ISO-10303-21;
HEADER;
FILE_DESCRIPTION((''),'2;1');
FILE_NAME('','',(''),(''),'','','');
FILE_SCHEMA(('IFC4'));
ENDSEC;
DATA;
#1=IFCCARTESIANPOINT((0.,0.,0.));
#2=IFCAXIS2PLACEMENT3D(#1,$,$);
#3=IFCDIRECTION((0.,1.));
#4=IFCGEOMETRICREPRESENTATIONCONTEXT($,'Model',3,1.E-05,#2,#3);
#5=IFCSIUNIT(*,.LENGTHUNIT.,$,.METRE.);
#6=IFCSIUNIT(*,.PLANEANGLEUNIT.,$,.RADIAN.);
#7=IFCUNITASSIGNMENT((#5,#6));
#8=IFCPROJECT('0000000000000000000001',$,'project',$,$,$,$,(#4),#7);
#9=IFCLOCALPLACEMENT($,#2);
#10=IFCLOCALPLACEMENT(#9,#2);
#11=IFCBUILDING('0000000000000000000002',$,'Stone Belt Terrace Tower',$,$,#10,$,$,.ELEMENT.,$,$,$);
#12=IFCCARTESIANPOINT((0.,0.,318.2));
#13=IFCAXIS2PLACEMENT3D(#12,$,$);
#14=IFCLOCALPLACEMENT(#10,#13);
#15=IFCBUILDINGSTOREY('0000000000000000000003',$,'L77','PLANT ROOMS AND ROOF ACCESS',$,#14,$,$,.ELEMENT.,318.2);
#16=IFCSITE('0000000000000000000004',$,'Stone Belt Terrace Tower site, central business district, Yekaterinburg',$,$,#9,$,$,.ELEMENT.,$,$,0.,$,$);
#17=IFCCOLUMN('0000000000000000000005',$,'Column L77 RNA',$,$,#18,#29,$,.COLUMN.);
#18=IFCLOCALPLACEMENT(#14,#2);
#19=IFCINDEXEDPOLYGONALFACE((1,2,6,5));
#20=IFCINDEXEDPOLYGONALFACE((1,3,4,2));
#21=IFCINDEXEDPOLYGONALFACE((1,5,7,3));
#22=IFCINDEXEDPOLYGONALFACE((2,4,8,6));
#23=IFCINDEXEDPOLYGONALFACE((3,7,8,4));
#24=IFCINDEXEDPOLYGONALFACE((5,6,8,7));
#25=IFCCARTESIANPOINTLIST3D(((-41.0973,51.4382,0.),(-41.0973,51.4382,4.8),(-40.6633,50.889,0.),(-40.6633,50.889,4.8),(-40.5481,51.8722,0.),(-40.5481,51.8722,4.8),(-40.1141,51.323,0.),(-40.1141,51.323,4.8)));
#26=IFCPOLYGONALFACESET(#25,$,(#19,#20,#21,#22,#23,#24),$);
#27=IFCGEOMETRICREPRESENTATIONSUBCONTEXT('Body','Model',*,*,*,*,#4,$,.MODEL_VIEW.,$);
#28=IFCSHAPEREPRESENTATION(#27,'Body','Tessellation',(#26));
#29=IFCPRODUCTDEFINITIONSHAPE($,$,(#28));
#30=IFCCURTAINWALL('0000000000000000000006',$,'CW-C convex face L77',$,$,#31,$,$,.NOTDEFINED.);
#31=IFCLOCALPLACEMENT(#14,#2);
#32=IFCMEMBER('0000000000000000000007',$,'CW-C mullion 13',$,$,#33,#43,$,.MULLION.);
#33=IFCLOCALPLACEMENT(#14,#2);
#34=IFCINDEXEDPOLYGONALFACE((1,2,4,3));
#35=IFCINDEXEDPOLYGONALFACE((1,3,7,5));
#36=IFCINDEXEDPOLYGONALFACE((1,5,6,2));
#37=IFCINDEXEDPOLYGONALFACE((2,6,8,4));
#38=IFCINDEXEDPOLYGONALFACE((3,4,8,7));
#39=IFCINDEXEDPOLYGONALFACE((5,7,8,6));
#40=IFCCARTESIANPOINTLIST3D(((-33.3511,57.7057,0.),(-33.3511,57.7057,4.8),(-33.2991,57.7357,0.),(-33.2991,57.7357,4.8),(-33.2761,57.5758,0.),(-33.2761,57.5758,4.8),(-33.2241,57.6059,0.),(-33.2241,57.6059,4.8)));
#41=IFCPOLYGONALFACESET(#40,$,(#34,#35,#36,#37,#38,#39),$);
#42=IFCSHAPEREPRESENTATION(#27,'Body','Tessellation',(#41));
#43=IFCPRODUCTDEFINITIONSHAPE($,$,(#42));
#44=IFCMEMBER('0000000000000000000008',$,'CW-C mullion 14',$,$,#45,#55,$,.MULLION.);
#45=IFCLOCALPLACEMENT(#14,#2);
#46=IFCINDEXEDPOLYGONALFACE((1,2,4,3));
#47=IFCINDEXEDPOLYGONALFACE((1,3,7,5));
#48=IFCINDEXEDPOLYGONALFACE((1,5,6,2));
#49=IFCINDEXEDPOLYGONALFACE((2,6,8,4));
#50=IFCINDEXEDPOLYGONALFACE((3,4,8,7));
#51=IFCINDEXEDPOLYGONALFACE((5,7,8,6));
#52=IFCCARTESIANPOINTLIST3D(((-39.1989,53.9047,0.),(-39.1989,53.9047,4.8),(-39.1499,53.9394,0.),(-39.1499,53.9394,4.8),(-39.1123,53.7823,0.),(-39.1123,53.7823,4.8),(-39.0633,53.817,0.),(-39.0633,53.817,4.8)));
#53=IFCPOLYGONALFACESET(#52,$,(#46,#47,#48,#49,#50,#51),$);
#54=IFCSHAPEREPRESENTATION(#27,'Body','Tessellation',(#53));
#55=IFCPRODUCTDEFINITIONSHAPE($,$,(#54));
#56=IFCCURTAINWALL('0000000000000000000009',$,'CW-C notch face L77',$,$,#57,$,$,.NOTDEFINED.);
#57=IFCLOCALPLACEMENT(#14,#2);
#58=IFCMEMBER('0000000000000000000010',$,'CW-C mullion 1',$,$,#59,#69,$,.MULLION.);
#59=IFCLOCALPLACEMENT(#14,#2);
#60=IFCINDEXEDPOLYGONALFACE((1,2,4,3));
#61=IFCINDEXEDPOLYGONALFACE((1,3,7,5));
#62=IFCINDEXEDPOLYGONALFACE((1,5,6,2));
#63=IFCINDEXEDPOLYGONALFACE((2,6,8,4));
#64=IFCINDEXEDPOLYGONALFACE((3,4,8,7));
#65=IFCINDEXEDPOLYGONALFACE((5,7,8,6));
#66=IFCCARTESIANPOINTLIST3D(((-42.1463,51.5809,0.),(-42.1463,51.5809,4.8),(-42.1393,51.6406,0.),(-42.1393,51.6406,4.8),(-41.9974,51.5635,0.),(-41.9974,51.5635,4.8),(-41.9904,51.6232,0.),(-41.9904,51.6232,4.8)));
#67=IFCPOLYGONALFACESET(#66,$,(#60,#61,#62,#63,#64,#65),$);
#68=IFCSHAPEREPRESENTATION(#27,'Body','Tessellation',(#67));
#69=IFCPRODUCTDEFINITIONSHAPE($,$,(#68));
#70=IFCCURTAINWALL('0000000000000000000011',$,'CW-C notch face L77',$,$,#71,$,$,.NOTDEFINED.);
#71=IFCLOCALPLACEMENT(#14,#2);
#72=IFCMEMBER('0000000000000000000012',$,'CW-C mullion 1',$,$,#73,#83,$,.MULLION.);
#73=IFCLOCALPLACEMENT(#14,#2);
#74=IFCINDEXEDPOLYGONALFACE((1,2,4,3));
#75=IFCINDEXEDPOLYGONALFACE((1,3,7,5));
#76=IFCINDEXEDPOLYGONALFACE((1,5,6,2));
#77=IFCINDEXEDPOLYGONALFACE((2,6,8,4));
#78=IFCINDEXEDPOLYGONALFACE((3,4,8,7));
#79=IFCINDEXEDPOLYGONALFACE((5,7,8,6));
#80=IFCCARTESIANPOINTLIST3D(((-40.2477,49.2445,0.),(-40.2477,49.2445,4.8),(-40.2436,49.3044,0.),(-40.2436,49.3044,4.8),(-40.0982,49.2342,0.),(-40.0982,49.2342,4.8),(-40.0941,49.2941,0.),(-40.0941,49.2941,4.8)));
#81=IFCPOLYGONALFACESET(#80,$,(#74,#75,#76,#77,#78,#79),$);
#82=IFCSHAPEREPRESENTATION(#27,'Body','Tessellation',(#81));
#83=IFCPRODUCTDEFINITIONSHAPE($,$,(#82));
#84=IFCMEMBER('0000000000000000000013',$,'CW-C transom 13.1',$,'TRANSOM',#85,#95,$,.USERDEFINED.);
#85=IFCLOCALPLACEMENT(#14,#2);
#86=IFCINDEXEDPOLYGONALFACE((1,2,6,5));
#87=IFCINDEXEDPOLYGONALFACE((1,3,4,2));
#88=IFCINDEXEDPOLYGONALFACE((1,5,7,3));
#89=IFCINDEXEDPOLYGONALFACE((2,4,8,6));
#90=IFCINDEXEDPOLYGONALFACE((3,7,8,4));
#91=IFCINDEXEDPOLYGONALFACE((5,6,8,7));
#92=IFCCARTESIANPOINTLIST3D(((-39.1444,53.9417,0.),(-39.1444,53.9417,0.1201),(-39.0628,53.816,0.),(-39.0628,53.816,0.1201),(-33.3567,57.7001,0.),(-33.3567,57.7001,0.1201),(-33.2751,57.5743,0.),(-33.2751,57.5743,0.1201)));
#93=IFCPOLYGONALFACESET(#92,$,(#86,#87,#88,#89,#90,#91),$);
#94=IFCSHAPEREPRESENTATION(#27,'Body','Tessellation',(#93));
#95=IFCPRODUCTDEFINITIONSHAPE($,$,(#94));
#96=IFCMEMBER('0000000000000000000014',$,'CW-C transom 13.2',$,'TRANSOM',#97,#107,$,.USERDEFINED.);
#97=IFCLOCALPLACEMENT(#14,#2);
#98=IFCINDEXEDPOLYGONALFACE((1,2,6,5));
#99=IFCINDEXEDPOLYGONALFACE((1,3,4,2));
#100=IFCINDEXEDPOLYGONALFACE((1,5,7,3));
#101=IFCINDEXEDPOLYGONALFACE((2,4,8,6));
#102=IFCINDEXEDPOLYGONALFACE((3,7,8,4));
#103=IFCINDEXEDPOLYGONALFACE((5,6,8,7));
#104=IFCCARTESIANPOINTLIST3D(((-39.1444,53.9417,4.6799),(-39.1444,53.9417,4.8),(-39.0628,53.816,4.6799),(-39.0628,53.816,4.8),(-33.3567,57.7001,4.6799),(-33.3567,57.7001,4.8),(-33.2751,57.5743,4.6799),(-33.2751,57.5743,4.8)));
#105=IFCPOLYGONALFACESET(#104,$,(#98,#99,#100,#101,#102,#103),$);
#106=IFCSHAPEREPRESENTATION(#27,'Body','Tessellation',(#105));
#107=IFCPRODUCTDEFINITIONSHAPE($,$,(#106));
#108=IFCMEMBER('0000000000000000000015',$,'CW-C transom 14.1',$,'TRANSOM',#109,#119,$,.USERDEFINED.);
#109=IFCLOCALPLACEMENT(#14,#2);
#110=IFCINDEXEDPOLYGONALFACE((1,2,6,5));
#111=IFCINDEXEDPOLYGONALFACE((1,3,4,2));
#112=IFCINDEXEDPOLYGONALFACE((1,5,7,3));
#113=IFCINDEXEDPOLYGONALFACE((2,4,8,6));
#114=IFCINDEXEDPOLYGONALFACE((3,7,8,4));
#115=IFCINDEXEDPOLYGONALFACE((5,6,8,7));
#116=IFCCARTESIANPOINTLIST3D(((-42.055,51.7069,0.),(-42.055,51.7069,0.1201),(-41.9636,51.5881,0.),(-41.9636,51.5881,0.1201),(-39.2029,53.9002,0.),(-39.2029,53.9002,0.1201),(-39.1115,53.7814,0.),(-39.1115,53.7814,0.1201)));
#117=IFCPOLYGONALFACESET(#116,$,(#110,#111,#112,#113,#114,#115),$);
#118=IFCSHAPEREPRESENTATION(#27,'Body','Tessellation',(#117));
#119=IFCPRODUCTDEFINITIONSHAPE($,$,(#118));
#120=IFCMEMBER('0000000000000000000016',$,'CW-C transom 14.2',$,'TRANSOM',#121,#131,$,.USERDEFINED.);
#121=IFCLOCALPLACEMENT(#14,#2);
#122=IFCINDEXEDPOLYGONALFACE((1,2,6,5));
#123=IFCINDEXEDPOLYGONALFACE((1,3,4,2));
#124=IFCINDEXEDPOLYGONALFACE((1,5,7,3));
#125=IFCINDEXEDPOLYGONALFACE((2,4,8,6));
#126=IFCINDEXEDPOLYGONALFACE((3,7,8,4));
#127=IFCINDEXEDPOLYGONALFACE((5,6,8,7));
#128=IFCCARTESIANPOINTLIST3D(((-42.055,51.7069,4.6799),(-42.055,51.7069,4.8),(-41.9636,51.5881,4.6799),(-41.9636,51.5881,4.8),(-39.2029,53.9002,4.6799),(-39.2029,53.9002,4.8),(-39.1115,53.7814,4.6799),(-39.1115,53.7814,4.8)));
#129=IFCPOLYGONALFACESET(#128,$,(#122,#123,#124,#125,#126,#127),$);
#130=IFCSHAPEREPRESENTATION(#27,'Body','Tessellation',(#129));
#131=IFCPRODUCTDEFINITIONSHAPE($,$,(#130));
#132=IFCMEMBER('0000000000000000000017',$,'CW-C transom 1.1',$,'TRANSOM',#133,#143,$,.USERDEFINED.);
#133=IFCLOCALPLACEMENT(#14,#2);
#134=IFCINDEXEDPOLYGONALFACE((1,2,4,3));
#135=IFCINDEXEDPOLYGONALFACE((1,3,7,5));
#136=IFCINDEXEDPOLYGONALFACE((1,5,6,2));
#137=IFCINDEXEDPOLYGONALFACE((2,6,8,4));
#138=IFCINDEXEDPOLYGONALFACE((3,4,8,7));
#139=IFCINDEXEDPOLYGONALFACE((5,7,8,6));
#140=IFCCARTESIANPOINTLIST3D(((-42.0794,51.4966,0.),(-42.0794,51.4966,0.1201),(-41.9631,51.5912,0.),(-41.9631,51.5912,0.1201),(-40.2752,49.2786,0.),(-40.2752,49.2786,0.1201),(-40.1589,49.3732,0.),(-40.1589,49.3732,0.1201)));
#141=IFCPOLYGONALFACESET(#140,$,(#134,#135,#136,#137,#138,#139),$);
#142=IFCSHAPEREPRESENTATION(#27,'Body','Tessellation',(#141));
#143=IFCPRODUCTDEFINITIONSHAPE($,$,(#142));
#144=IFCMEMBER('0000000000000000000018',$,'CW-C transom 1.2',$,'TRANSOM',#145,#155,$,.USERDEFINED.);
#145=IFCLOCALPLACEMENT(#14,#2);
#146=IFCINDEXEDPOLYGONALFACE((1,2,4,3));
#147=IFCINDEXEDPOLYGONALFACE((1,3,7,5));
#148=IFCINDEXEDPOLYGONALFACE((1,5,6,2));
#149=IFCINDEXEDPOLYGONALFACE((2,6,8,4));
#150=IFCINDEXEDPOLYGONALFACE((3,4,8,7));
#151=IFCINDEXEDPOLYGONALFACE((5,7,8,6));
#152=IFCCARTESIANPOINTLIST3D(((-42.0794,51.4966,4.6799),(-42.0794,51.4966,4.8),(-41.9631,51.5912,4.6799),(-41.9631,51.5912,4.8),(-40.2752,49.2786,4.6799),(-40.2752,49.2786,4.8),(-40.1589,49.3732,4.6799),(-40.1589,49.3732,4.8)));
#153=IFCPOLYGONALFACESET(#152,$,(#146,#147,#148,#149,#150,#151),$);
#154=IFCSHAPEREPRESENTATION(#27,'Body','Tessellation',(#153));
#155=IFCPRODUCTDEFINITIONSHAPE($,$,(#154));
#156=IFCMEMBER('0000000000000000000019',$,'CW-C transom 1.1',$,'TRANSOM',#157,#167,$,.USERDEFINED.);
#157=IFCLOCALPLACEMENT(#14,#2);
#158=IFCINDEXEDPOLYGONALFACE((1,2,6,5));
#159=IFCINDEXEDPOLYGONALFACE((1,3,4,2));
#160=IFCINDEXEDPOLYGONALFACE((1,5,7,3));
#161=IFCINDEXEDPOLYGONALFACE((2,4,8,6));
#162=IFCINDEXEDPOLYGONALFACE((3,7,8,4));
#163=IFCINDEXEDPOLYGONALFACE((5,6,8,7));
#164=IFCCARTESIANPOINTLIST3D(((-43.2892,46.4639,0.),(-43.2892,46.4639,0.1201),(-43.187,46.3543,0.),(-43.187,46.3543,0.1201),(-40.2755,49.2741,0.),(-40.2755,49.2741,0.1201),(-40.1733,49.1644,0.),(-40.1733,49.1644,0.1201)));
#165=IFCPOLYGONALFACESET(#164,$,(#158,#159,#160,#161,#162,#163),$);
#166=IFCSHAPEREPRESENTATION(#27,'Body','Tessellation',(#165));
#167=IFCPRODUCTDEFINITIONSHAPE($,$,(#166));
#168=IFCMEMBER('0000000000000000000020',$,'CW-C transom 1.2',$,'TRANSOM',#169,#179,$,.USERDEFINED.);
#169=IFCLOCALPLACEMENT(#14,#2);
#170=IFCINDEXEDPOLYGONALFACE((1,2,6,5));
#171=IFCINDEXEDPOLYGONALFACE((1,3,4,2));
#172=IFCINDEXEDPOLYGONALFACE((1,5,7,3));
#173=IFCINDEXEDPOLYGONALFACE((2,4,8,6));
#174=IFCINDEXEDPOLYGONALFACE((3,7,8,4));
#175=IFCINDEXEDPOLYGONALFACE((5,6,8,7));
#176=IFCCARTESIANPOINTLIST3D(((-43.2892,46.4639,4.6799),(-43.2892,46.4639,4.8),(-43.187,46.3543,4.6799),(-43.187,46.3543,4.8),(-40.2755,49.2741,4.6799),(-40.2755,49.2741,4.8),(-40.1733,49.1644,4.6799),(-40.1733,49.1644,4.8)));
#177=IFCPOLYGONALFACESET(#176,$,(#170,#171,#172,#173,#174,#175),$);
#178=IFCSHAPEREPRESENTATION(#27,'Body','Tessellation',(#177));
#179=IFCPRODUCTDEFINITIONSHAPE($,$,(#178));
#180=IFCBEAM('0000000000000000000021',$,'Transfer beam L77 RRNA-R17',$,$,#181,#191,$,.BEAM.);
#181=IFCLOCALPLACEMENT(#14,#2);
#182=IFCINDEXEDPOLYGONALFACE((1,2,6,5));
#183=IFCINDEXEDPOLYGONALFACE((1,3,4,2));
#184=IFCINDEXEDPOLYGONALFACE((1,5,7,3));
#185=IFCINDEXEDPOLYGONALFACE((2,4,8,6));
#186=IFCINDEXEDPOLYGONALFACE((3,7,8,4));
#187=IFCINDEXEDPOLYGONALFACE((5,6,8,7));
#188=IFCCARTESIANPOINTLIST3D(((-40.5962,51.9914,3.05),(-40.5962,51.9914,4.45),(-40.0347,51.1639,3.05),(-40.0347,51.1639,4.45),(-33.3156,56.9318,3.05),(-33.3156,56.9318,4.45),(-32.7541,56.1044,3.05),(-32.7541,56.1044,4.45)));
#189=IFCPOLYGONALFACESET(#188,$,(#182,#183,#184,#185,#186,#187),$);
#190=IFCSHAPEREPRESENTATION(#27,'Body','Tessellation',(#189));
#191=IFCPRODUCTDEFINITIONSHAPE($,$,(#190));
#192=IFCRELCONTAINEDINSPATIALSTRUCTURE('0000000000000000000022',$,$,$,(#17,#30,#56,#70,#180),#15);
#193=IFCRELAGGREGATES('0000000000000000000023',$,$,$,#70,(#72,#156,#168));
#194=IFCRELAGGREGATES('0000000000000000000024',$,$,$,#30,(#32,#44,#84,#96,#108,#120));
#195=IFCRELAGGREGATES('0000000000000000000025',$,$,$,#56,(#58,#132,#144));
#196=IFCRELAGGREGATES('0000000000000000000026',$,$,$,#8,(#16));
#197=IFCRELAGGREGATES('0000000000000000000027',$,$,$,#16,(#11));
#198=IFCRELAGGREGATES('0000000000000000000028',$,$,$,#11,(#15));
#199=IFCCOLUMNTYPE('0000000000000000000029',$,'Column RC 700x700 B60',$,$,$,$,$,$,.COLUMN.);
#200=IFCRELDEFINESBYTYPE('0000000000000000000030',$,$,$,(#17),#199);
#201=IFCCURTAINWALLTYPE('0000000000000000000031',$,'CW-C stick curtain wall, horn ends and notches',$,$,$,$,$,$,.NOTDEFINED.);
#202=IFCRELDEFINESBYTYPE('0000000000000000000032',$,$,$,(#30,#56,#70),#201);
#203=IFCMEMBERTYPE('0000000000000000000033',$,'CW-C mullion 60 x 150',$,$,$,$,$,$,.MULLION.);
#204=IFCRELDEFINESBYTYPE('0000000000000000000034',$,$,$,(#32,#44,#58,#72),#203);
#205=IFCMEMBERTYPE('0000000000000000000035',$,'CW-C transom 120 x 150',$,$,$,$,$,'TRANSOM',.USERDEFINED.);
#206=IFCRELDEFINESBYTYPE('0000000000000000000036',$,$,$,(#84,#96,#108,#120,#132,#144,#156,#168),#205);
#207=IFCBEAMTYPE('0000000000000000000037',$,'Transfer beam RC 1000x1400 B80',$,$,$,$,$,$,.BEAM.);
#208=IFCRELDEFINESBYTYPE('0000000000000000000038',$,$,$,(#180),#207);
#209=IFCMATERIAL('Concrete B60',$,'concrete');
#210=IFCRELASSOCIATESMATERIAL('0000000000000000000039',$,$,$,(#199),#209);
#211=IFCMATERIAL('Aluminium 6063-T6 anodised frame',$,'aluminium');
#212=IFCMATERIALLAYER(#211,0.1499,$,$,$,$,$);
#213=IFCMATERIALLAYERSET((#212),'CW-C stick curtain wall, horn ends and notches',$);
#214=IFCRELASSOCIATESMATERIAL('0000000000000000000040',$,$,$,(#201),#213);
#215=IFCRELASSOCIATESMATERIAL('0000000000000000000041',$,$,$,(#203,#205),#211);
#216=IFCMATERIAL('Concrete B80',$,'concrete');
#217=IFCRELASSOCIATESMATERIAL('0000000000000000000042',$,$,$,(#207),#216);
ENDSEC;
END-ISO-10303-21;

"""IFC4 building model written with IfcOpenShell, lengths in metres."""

from ifc_helpers import new_model, si_unit, direction, frame, origin, origin_2d, place, context, subcontext, project, spatial, rectangle, extrude, material, layer, layer_set, material_profile, profile_set, type_object, element, aggregate, save


model = new_model("IFC4")

# Units and contexts
model_context = context("Model", 3, precision=1e-05, world=origin(), true_north=direction((0.0, 1.0)))
body_context = subcontext(model_context, "Body", "Model", "MODEL_VIEW")
ifc_project = project(units=[si_unit("LENGTHUNIT", "METRE"), si_unit("PLANEANGLEUNIT", "RADIAN")], contexts=[model_context])

# Site, building, storey
site_placement = place(None, origin())
site = spatial("IfcSite", under=ifc_project, at=site_placement, Name="Stone Belt Terrace Tower site, central business district, Yekaterinburg", CompositionType="ELEMENT", RefElevation=0.0)
building_placement = place(site_placement, origin())
building = spatial("IfcBuilding", under=site, at=building_placement, Name="Stone Belt Terrace Tower", CompositionType="ELEMENT")
storey_placement = place(building_placement, frame((0.0, 0.0, 318.2)))
storey = spatial("IfcBuildingStorey", under=building, at=storey_placement, Name="L77", Description="PLANT ROOMS AND ROOF ACCESS", CompositionType="ELEMENT", Elevation=318.2)

# Column
ifc_material_1 = material(Name="Concrete B60", Category="concrete")
ifc_material_profile_1 = material_profile(ifc_material_1, rectangle(XDim=0.7, YDim=0.7, at=origin_2d()), Name="RC 700x700")
ifc_profile_set_1 = profile_set([ifc_material_profile_1], Name="Concrete B60")
column_type = type_object("IfcColumnType", Name="Column RC 700x700 B60", PredefinedType="COLUMN", material=ifc_profile_set_1)
column_placement = place(storey_placement, frame((-40.6057, 51.3806, 0.0), z_axis=(0.0, 0.0, 1.0), x_axis=(0.78457, 0.620041, 0.0)))
element("IfcColumn", 1, at=column_placement, inside=storey, type_object=column_type, Name="Column L77 RNA", PredefinedType="COLUMN", context=body_context, shape_type="SweptSolid", body=[
    extrude(rectangle(XDim=0.7, YDim=0.7, at=origin_2d()), origin(), (0.0, 0.0, 1.0), 4.8),
])

# Curtain wall, members
ifc_material_2 = material(Name="Aluminium 6063-T6 anodised frame", Category="aluminium")
ifc_layer_1 = layer(ifc_material_2, 0.1499)
ifc_layer_set_1 = layer_set([ifc_layer_1], Name="CW-C stick curtain wall, horn ends and notches")
curtain_wall_type = type_object("IfcCurtainWallType", Name="CW-C stick curtain wall, horn ends and notches", PredefinedType="NOTDEFINED", material=ifc_layer_set_1)
curtain_wall_1_placement = place(storey_placement, origin())
curtain_wall_1 = element("IfcCurtainWall", 2, at=curtain_wall_1_placement, inside=storey, type_object=curtain_wall_type, Name="CW-C convex face L77", PredefinedType="NOTDEFINED")
ifc_material_profile_2 = material_profile(ifc_material_2, rectangle(XDim=0.1499, YDim=0.0601, at=origin_2d()), Name="Aluminium 6063-T6 60x150")
ifc_profile_set_2 = profile_set([ifc_material_profile_2], Name="Aluminium 6063-T6 anodised frame")
member_type_1 = type_object("IfcMemberType", Name="CW-C mullion 60 x 150", PredefinedType="MULLION", material=ifc_profile_set_2)
member_1_placement = place(storey_placement, frame((-33.2876, 57.6558, 0.0), z_axis=(0.0, 0.0, 1.0), x_axis=(0.5, -0.866025, 0.0)))
member_1 = element("IfcMember", 3, at=member_1_placement, type_object=member_type_1, Name="CW-C mullion 13", PredefinedType="MULLION", context=body_context, shape_type="SweptSolid", body=[
    extrude(rectangle(XDim=0.1499, YDim=0.0601, at=origin_2d()), origin(), (0.0, 0.0, 1.0), 4.8),
])
member_2_placement = place(storey_placement, frame((-39.1311, 53.8608, 0.0), z_axis=(0.0, 0.0, 1.0), x_axis=(0.577587, -0.816329, 0.0)))
member_2 = element("IfcMember", 4, at=member_2_placement, type_object=member_type_1, Name="CW-C mullion 14", PredefinedType="MULLION", context=body_context, shape_type="SweptSolid", body=[
    extrude(rectangle(XDim=0.1499, YDim=0.0601, at=origin_2d()), origin(), (0.0, 0.0, 1.0), 4.8),
])

# Curtain walls, members
curtain_wall_2_placement = place(storey_placement, origin())
curtain_wall_2 = element("IfcCurtainWall", 5, at=curtain_wall_2_placement, inside=storey, type_object=curtain_wall_type, Name="CW-C notch face L77", PredefinedType="NOTDEFINED")
member_3_placement = place(storey_placement, frame((-42.0684, 51.6021, 0.0), z_axis=(0.0, 0.0, 1.0), x_axis=(0.993258, -0.115925, 0.0)))
member_3 = element("IfcMember", 6, at=member_3_placement, type_object=member_type_1, Name="CW-C mullion 1", PredefinedType="MULLION", context=body_context, shape_type="SweptSolid", body=[
    extrude(rectangle(XDim=0.1499, YDim=0.0601, at=origin_2d()), origin(), (0.0, 0.0, 1.0), 4.8),
])
curtain_wall_3_placement = place(storey_placement, origin())
curtain_wall_3 = element("IfcCurtainWall", 7, at=curtain_wall_3_placement, inside=storey, type_object=curtain_wall_type, Name="CW-C notch face L77", PredefinedType="NOTDEFINED")
member_4_placement = place(storey_placement, frame((-40.1709, 49.2693, 0.0), z_axis=(0.0, 0.0, 1.0), x_axis=(0.99764, -0.068666, 0.0)))
member_4 = element("IfcMember", 8, at=member_4_placement, type_object=member_type_1, Name="CW-C mullion 1", PredefinedType="MULLION", context=body_context, shape_type="SweptSolid", body=[
    extrude(rectangle(XDim=0.1499, YDim=0.0601, at=origin_2d()), origin(), (0.0, 0.0, 1.0), 4.8),
])

# Members
ifc_material_profile_3 = material_profile(ifc_material_2, rectangle(XDim=0.1499, YDim=0.1201, at=origin_2d()), Name="Aluminium 6063-T6 150x120")
ifc_profile_set_3 = profile_set([ifc_material_profile_3], Name="Aluminium 6063-T6 anodised frame")
member_type_2 = type_object("IfcMemberType", Name="CW-C transom 120 x 150", ElementType="TRANSOM", PredefinedType="USERDEFINED", material=ifc_profile_set_3)
member_5_placement = place(storey_placement, frame((-33.3159, 57.6372, 0.0601), z_axis=(-0.838684, -0.544618, 0.0), x_axis=(0.544618, -0.838684, 0.0)))
member_5 = element("IfcMember", 9, at=member_5_placement, type_object=member_type_2, Name="CW-C transom 13.1", ObjectType="TRANSOM", PredefinedType="USERDEFINED", context=body_context, shape_type="SweptSolid", body=[
    extrude(rectangle(XDim=0.1499, YDim=0.1201, at=origin_2d()), origin(), (0.0, 0.0, 1.0), 6.9009),
])
member_6_placement = place(storey_placement, frame((-33.3159, 57.6372, 4.74), z_axis=(-0.838684, -0.544618, 0.0), x_axis=(0.544618, -0.838684, 0.0)))
member_6 = element("IfcMember", 10, at=member_6_placement, type_object=member_type_2, Name="CW-C transom 13.2", ObjectType="TRANSOM", PredefinedType="USERDEFINED", context=body_context, shape_type="SweptSolid", body=[
    extrude(rectangle(XDim=0.1499, YDim=0.1201, at=origin_2d()), origin(), (0.0, 0.0, 1.0), 6.9009),
])
member_7_placement = place(storey_placement, frame((-39.1572, 53.8408, 0.0601), z_axis=(-0.792695, -0.609619, 0.0), x_axis=(0.609619, -0.792695, 0.0)))
member_7 = element("IfcMember", 11, at=member_7_placement, type_object=member_type_2, Name="CW-C transom 14.1", ObjectType="TRANSOM", PredefinedType="USERDEFINED", context=body_context, shape_type="SweptSolid", body=[
    extrude(rectangle(XDim=0.1499, YDim=0.1201, at=origin_2d()), origin(), (0.0, 0.0, 1.0), 3.5979),
])
member_8_placement = place(storey_placement, frame((-39.1572, 53.8408, 4.74), z_axis=(-0.792695, -0.609619, 0.0), x_axis=(0.609619, -0.792695, 0.0)))
member_8 = element("IfcMember", 12, at=member_8_placement, type_object=member_type_2, Name="CW-C transom 14.2", ObjectType="TRANSOM", PredefinedType="USERDEFINED", context=body_context, shape_type="SweptSolid", body=[
    extrude(rectangle(XDim=0.1499, YDim=0.1201, at=origin_2d()), origin(), (0.0, 0.0, 1.0), 3.5979),
])
member_9_placement = place(storey_placement, frame((-42.0212, 51.5439, 0.0601), z_axis=(0.631027, -0.775761, 0.0), x_axis=(0.775761, 0.631027, 0.0)))
member_9 = element("IfcMember", 13, at=member_9_placement, type_object=member_type_2, Name="CW-C transom 1.1", ObjectType="TRANSOM", PredefinedType="USERDEFINED", context=body_context, shape_type="SweptSolid", body=[
    extrude(rectangle(XDim=0.1499, YDim=0.1201, at=origin_2d()), origin(), (0.0, 0.0, 1.0), 2.8591),
])
member_10_placement = place(storey_placement, frame((-42.0212, 51.5439, 4.74), z_axis=(0.631027, -0.775761, 0.0), x_axis=(0.775761, 0.631027, 0.0)))
member_10 = element("IfcMember", 14, at=member_10_placement, type_object=member_type_2, Name="CW-C transom 1.2", ObjectType="TRANSOM", PredefinedType="USERDEFINED", context=body_context, shape_type="SweptSolid", body=[
    extrude(rectangle(XDim=0.1499, YDim=0.1201, at=origin_2d()), origin(), (0.0, 0.0, 1.0), 2.8591),
])
member_11_placement = place(storey_placement, frame((-40.2244, 49.2192, 0.0601), z_axis=(-0.731382, -0.681968, 0.0), x_axis=(0.681968, -0.731382, 0.0)))
member_11 = element("IfcMember", 15, at=member_11_placement, type_object=member_type_2, Name="CW-C transom 1.1", ObjectType="TRANSOM", PredefinedType="USERDEFINED", context=body_context, shape_type="SweptSolid", body=[
    extrude(rectangle(XDim=0.1499, YDim=0.1201, at=origin_2d()), origin(), (0.0, 0.0, 1.0), 4.1206),
])
member_12_placement = place(storey_placement, frame((-40.2244, 49.2192, 4.74), z_axis=(-0.731382, -0.681968, 0.0), x_axis=(0.681968, -0.731382, 0.0)))
member_12 = element("IfcMember", 16, at=member_12_placement, type_object=member_type_2, Name="CW-C transom 1.2", ObjectType="TRANSOM", PredefinedType="USERDEFINED", context=body_context, shape_type="SweptSolid", body=[
    extrude(rectangle(XDim=0.1499, YDim=0.1201, at=origin_2d()), origin(), (0.0, 0.0, 1.0), 4.1206),
])
aggregate(curtain_wall_3, [member_4, member_11, member_12])

# Beam
ifc_material_3 = material(Name="Concrete B80", Category="concrete")
ifc_material_profile_4 = material_profile(ifc_material_3, rectangle(XDim=1.0, YDim=1.3999, at=origin_2d()), Name="RC 1000x1400")
ifc_profile_set_4 = profile_set([ifc_material_profile_4], Name="Concrete B80")
beam_type = type_object("IfcBeamType", Name="Transfer beam RC 1000x1400 B80", PredefinedType="BEAM", material=ifc_profile_set_4)
beam_placement = place(storey_placement, frame((-40.3154, 51.5776, 3.75), z_axis=(0.827472, 0.561508, 0.0), x_axis=(-0.561508, 0.827472, 0.0)))
element("IfcBeam", 17, at=beam_placement, inside=storey, type_object=beam_type, Name="Transfer beam L77 RRNA-R17", PredefinedType="BEAM", context=body_context, shape_type="SweptSolid", body=[
    extrude(rectangle(XDim=1.0, YDim=1.3999, at=origin_2d()), origin(), (0.0, 0.0, 1.0), 8.7986),
])

aggregate(curtain_wall_1, [member_1, member_2, member_5, member_6, member_7, member_8])
aggregate(curtain_wall_2, [member_3, member_9, member_10])

save(model, "model.ifc")
